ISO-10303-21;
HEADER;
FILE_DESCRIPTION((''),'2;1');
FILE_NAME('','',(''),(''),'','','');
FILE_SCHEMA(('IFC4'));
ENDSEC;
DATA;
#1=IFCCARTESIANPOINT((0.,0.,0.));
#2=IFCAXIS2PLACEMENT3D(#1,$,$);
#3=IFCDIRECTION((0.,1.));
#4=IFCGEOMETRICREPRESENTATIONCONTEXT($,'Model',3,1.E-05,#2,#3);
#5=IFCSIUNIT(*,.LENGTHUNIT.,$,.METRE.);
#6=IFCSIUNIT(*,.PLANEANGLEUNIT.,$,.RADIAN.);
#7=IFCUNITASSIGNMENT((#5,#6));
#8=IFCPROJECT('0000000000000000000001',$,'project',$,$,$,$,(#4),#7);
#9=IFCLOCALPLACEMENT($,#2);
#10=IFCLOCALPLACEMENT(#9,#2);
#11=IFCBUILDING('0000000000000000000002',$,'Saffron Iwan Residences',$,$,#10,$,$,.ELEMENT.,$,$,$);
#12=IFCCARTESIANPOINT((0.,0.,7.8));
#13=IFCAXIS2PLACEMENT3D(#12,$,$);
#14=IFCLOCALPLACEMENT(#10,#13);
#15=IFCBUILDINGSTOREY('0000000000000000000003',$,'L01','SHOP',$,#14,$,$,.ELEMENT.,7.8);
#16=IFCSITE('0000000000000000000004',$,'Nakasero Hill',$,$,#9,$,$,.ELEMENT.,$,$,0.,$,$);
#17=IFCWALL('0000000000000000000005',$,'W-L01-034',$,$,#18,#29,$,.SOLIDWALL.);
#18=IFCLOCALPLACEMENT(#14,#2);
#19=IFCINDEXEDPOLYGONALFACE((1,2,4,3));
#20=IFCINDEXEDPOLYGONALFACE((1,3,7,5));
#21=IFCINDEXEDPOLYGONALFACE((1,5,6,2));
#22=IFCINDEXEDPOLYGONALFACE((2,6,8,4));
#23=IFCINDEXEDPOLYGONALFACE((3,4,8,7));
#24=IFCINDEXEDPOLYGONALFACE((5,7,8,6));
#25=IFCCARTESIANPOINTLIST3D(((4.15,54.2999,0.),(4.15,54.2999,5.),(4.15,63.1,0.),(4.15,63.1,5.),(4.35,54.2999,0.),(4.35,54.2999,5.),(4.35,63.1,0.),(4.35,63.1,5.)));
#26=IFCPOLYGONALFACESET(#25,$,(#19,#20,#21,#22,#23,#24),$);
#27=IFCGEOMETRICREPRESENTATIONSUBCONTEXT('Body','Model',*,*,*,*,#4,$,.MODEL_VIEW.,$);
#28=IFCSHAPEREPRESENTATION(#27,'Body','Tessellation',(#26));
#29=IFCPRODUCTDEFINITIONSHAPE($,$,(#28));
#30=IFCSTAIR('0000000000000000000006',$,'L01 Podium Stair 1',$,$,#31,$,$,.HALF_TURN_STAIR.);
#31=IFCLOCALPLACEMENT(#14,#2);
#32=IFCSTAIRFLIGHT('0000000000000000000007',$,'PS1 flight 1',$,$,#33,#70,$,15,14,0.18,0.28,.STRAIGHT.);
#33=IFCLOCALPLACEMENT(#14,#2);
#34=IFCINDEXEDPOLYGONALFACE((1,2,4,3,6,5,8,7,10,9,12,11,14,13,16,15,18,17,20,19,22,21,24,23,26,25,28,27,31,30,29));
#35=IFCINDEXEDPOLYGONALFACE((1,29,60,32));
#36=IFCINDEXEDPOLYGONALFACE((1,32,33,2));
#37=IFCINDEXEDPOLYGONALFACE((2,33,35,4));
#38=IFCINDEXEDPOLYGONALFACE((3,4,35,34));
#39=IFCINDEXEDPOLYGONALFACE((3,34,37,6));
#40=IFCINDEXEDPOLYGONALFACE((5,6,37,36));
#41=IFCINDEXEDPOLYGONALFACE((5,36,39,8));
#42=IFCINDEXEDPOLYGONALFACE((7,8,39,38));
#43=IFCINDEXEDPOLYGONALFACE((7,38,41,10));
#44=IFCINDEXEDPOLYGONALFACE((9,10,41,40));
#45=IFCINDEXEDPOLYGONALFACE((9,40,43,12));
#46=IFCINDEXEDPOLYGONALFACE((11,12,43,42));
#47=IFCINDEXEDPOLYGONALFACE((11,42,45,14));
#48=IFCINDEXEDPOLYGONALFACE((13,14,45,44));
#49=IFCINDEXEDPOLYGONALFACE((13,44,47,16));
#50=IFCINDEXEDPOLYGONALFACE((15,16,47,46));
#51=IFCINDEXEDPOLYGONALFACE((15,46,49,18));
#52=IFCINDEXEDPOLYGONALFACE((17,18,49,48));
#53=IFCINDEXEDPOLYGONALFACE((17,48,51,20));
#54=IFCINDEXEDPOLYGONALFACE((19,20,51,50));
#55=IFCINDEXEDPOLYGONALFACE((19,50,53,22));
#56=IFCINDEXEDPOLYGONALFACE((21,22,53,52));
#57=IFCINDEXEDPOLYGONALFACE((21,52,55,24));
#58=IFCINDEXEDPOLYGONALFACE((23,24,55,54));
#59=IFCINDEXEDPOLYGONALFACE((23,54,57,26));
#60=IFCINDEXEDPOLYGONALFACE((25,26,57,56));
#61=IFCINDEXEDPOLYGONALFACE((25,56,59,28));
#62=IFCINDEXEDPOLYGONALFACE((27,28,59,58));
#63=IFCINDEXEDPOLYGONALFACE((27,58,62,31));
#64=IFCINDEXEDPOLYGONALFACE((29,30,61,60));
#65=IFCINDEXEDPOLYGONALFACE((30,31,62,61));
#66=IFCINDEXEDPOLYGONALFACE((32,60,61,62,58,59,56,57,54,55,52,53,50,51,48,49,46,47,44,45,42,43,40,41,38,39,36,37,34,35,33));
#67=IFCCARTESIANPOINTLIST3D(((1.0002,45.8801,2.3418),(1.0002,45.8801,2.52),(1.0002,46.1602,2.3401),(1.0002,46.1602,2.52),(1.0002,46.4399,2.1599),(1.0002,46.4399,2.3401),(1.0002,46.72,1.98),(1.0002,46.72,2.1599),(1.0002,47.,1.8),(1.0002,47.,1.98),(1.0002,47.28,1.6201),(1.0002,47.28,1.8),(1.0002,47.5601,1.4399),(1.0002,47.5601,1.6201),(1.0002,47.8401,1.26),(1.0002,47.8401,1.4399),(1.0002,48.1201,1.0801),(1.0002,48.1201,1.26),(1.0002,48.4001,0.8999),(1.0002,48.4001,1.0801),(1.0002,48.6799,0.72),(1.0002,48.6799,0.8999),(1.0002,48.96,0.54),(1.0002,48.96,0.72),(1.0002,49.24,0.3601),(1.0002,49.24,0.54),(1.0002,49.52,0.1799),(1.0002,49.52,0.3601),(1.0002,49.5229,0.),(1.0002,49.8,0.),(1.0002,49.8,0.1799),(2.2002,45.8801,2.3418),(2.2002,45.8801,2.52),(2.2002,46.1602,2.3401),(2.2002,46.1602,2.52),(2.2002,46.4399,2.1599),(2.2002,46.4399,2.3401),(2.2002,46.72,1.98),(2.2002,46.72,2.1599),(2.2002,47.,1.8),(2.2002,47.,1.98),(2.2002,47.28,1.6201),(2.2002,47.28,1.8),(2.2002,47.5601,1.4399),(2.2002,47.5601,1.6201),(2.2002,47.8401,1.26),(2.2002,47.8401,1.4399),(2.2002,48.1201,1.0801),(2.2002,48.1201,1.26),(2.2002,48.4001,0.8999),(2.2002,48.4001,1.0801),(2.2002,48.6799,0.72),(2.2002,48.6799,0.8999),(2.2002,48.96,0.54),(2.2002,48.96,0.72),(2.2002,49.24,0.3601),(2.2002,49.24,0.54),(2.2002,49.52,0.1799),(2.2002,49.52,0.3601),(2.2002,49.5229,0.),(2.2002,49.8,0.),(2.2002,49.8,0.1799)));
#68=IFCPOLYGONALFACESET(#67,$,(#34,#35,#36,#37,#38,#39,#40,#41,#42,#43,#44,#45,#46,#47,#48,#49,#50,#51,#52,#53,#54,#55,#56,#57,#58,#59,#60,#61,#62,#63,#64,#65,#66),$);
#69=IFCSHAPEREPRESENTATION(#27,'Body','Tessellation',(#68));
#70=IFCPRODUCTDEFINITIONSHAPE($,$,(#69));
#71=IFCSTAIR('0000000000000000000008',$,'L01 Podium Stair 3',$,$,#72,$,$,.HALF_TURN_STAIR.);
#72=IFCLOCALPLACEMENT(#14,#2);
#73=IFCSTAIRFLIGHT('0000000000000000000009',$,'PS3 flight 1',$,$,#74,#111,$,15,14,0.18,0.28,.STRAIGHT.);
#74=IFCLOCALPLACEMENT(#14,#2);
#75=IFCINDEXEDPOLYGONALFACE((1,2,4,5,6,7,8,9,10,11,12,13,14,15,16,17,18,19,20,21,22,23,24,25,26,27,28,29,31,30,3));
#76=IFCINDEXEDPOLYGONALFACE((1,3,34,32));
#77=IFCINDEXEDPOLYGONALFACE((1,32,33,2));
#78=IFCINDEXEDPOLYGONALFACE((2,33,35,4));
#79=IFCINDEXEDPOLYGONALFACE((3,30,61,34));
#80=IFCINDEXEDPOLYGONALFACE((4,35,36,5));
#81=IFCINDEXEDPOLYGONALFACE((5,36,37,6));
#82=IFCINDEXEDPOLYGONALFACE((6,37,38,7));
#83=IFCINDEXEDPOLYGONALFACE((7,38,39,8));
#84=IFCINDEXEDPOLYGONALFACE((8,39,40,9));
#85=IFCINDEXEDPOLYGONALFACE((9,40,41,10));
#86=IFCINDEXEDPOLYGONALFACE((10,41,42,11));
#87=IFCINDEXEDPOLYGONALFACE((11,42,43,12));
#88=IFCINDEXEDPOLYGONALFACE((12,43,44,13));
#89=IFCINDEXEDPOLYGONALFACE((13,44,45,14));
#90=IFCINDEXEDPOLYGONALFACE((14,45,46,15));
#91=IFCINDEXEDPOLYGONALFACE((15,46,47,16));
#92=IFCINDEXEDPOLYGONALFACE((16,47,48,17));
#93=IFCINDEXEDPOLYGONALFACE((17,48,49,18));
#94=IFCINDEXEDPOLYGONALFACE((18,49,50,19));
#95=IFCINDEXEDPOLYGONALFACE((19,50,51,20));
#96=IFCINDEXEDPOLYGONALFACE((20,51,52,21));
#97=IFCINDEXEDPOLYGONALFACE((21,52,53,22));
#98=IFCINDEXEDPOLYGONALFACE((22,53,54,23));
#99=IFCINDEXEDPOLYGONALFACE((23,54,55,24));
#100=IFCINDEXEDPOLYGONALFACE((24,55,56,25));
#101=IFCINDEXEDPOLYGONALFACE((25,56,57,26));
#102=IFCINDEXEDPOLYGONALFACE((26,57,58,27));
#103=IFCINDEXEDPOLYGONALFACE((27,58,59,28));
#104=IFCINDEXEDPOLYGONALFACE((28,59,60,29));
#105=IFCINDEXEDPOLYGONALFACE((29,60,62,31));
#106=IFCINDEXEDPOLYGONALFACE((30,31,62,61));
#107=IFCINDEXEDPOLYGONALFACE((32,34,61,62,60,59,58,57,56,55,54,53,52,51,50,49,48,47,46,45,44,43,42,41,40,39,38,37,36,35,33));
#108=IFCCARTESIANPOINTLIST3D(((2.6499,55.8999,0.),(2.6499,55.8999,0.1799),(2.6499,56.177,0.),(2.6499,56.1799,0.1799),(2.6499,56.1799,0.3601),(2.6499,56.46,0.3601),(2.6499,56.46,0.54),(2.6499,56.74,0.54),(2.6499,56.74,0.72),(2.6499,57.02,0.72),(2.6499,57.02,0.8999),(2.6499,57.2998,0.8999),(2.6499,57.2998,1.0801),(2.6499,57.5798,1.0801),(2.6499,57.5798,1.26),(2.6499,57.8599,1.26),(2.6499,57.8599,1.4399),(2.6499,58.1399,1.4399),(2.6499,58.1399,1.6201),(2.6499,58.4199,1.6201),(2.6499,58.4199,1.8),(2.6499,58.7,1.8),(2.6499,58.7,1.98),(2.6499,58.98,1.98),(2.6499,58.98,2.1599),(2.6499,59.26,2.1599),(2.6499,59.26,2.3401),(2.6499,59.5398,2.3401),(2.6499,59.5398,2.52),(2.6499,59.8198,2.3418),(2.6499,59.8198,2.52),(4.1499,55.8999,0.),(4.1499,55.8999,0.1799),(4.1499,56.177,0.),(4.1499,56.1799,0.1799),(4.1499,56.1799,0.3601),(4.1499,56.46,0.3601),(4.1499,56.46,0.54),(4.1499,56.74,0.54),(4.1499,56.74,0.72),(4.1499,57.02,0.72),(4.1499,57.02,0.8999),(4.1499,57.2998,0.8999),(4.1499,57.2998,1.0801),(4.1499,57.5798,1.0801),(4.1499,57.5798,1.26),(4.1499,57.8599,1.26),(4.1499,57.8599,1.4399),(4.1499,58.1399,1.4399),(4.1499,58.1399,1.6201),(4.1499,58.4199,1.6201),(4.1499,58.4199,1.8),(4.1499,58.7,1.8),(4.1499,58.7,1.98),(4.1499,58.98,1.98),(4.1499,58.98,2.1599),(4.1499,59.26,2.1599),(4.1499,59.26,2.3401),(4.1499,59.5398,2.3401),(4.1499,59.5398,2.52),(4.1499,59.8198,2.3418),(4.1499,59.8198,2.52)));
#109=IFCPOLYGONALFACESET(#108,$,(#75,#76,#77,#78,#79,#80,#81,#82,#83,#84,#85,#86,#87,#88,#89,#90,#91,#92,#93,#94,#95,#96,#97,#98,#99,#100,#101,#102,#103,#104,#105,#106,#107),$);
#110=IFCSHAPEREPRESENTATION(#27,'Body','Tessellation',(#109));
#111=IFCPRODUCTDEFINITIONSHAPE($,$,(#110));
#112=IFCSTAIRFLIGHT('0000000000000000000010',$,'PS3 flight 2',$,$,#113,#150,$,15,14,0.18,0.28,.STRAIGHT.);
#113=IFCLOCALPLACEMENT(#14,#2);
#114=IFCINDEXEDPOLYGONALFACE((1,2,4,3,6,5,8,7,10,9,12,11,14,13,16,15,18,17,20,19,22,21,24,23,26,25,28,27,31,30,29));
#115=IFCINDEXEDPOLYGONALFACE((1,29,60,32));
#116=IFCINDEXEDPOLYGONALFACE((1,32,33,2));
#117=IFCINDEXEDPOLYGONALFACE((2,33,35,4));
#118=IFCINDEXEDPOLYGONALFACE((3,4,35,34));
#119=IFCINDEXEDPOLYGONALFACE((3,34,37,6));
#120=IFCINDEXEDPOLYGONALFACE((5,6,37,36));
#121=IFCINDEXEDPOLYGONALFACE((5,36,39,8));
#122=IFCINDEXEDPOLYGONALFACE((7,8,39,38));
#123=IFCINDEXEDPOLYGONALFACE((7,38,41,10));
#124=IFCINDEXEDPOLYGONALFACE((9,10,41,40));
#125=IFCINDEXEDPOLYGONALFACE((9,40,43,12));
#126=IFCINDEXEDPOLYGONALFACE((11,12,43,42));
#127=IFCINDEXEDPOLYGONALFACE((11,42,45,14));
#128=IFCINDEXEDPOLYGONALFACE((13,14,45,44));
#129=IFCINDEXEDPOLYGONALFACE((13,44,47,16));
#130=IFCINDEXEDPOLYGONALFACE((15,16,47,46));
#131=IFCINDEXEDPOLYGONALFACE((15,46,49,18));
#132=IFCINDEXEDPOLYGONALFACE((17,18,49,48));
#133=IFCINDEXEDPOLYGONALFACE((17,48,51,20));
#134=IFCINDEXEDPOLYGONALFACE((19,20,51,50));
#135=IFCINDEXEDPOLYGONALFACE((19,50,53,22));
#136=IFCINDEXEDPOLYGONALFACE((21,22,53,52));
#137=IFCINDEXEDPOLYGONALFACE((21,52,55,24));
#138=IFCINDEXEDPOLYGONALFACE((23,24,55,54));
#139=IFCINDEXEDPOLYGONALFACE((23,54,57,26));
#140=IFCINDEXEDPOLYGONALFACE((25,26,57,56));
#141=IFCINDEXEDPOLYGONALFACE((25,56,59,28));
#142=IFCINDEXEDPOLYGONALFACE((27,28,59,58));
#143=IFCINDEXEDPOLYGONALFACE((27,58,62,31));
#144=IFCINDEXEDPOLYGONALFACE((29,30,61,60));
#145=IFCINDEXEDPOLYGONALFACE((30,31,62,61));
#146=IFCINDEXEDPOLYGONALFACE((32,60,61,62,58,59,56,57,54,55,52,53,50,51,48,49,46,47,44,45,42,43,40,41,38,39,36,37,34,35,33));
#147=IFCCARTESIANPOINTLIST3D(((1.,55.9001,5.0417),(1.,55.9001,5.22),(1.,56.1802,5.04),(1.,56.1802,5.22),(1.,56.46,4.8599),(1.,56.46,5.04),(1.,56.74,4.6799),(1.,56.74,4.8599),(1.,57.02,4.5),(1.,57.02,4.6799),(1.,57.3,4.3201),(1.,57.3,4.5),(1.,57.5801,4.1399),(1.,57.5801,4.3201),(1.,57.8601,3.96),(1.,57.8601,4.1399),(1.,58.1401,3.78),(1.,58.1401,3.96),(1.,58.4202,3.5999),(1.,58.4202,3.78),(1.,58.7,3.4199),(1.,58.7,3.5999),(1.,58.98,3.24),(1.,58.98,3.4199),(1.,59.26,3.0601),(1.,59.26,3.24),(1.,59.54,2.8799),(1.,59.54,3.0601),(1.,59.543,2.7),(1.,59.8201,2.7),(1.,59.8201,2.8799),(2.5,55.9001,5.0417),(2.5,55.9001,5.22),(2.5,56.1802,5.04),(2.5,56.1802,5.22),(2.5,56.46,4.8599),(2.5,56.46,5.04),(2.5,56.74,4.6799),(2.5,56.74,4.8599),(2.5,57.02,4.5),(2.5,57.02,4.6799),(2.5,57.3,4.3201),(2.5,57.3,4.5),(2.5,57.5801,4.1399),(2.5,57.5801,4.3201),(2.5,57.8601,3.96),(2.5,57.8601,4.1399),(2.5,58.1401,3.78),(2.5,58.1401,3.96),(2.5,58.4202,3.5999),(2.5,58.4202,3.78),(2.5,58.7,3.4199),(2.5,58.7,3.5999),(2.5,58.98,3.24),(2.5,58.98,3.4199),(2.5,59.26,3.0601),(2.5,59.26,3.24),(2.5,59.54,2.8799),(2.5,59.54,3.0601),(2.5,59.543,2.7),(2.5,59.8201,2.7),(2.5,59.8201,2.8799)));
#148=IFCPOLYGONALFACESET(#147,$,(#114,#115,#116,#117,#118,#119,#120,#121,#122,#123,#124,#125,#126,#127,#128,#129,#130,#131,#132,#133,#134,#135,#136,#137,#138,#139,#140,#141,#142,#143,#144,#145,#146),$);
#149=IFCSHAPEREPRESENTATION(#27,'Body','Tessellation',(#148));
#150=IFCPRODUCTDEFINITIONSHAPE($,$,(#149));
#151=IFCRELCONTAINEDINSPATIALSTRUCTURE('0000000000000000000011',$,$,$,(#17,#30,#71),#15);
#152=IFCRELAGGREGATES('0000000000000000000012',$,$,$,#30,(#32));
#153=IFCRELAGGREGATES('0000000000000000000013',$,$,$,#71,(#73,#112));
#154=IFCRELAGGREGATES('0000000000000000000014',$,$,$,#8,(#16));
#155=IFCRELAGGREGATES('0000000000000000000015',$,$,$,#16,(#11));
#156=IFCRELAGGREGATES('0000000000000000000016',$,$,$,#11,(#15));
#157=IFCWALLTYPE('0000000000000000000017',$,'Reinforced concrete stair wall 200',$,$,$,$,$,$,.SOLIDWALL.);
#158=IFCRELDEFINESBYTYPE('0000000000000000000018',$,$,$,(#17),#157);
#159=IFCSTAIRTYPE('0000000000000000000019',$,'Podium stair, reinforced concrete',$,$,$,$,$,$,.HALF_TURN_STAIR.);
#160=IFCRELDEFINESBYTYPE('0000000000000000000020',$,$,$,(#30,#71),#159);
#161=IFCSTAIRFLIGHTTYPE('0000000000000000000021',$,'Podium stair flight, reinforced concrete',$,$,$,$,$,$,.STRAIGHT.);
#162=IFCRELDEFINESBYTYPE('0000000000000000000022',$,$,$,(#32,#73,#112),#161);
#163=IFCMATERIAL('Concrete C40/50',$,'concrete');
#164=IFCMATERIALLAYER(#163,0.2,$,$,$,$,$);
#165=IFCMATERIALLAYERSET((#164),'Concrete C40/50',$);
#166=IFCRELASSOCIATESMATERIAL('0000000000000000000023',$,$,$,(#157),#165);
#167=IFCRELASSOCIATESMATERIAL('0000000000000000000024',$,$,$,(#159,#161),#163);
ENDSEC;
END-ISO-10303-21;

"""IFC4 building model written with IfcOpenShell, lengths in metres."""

from ifc_helpers import new_model, si_unit, direction, frame, frame_2d, origin, place, context, subcontext, project, spatial, polyline, rectangle, outline, extrude, material, layer, layer_set, type_object, element, aggregate, save


model = new_model("IFC4")

# Units and contexts
model_context = context("Model", 3, precision=1e-05, world=origin(), true_north=direction((0.0, 1.0)))
body_context = subcontext(model_context, "Body", "Model", "MODEL_VIEW")
ifc_project = project(units=[si_unit("LENGTHUNIT", "METRE"), si_unit("PLANEANGLEUNIT", "RADIAN")], contexts=[model_context])

# Site, building, storey
site_placement = place(None, origin())
site = spatial("IfcSite", under=ifc_project, at=site_placement, Name="Nakasero Hill", CompositionType="ELEMENT", RefElevation=0.0)
building_placement = place(site_placement, origin())
building = spatial("IfcBuilding", under=site, at=building_placement, Name="Saffron Iwan Residences", CompositionType="ELEMENT")
storey_placement = place(building_placement, frame((0.0, 0.0, 7.8)))
storey = spatial("IfcBuildingStorey", under=building, at=storey_placement, Name="L01", Description="SHOP", CompositionType="ELEMENT", Elevation=7.8)

# Shared definitions
ifc_material_1 = material(Name="Concrete C40/50", Category="concrete")

# Shared definitions
ifc_layer_1 = layer(ifc_material_1, 0.2)
ifc_layer_set_1 = layer_set([ifc_layer_1], Name="Concrete C40/50")
wall_type_1 = type_object("IfcWallType", Name="Reinforced concrete stair wall 200", PredefinedType="SOLIDWALL", material=ifc_layer_set_1)

# Wall
for number, where, z_axis, x_axis, name in (
    (1, (4.25, 54.3, 0.0), (0.0, 0.0, 1.0), (0.0, 1.0, 0.0), "W-L01-034"),
):
    element("IfcWall", number, at=place(storey_placement, frame(where, z_axis=z_axis, x_axis=x_axis)), inside=storey, type_object=wall_type_1, Name=name, PredefinedType="SOLIDWALL", context=body_context, shape_type="SweptSolid", body=[
        extrude(rectangle(XDim=8.8, YDim=0.2, at=frame_2d((4.3999, 0.0))), origin(), (0.0, 0.0, 1.0), 5.0),
    ])

# Stair, stair flight
stair_type = type_object("IfcStairType", Name="Podium stair, reinforced concrete", PredefinedType="HALF_TURN_STAIR", material=ifc_material_1)
stair_1_placement = place(storey_placement, origin())
stair_1 = element("IfcStair", 2, at=stair_1_placement, inside=storey, type_object=stair_type, Name="L01 Podium Stair 1", PredefinedType="HALF_TURN_STAIR")
stair_flight_type = type_object("IfcStairFlightType", Name="Podium stair flight, reinforced concrete", PredefinedType="STRAIGHT", material=ifc_material_1)
stair_flight_1_placement = place(storey_placement, frame((1.6001, 49.8, 0.0), z_axis=(0.0, 0.0, 1.0), x_axis=(0.0, -1.0, 0.0)))
stair_flight_1 = element("IfcStairFlight", 3, at=stair_flight_1_placement, type_object=stair_flight_type, Name="PS1 flight 1", NumberOfRisers=15, NumberOfTreads=14, PredefinedType="STRAIGHT", RiserHeight=0.18, TreadLength=0.28, context=body_context, shape_type="SweptSolid", body=[
    extrude(outline(polyline([(0.0, 0.0), (0.0, 0.1799), (0.28, 0.1799), (0.28, 0.3601), (0.5601, 0.3601), (0.5601, 0.54), (0.8401, 0.54), (0.8401, 0.72), (1.1201, 0.72), (1.1201, 0.8999), (1.3999, 0.8999), (1.3999, 1.0801), (1.6799, 1.0801), (1.6799, 1.26), (1.96, 1.26), (1.96, 1.4399), (2.24, 1.4399), (2.24, 1.6201), (2.52, 1.6201), (2.52, 1.8), (2.8, 1.8), (2.8, 1.98), (3.0801, 1.98), (3.0801, 2.1599), (3.3601, 2.1599), (3.3601, 2.3401), (3.6399, 2.3401), (3.6399, 2.52), (3.9199, 2.52), (3.9199, 2.7), (3.9199, 2.3418), (0.2771, 0.0), (0.0, 0.0)])), frame((0.0, 0.6001, 0.0), z_axis=(0.0, -1.0, 0.0), x_axis=(1.0, 0.0, 0.0)), (0.0, 0.0, 1.0), 1.2),
])
aggregate(stair_1, [stair_flight_1])

# Stair, stair flights
stair_2_placement = place(storey_placement, origin())
stair_2 = element("IfcStair", 4, at=stair_2_placement, inside=storey, type_object=stair_type, Name="L01 Podium Stair 3", PredefinedType="HALF_TURN_STAIR")
stair_flight_2_placement = place(storey_placement, frame((3.3999, 55.8999, 0.0), z_axis=(0.0, 0.0, 1.0), x_axis=(0.0, 1.0, 0.0)))
stair_flight_2 = element("IfcStairFlight", 5, at=stair_flight_2_placement, type_object=stair_flight_type, Name="PS3 flight 1", NumberOfRisers=15, NumberOfTreads=14, PredefinedType="STRAIGHT", RiserHeight=0.18, TreadLength=0.28, context=body_context, shape_type="SweptSolid", body=[
    extrude(outline(polyline([(0.0, 0.0), (0.0, 0.1799), (0.28, 0.1799), (0.28, 0.3601), (0.5601, 0.3601), (0.5601, 0.54), (0.8401, 0.54), (0.8401, 0.72), (1.1201, 0.72), (1.1201, 0.8999), (1.3999, 0.8999), (1.3999, 1.0801), (1.6799, 1.0801), (1.6799, 1.26), (1.96, 1.26), (1.96, 1.4399), (2.24, 1.4399), (2.24, 1.6201), (2.52, 1.6201), (2.52, 1.8), (2.8, 1.8), (2.8, 1.98), (3.0801, 1.98), (3.0801, 2.1599), (3.3601, 2.1599), (3.3601, 2.3401), (3.6399, 2.3401), (3.6399, 2.52), (3.9199, 2.52), (3.9199, 2.7), (3.9199, 2.3418), (0.2771, 0.0), (0.0, 0.0)])), frame((0.0, 0.75, 0.0), z_axis=(0.0, -1.0, 0.0), x_axis=(1.0, 0.0, 0.0)), (0.0, 0.0, 1.0), 1.5),
])
stair_flight_3_placement = place(storey_placement, frame((1.75, 59.8201, 2.7), z_axis=(0.0, 0.0, 1.0), x_axis=(0.0, -1.0, 0.0)))
stair_flight_3 = element("IfcStairFlight", 6, at=stair_flight_3_placement, type_object=stair_flight_type, Name="PS3 flight 2", NumberOfRisers=15, NumberOfTreads=14, PredefinedType="STRAIGHT", RiserHeight=0.18, TreadLength=0.28, context=body_context, shape_type="SweptSolid", body=[
    extrude(outline(polyline([(0.0, 0.0), (0.0, 0.1799), (0.28, 0.1799), (0.28, 0.3601), (0.5601, 0.3601), (0.5601, 0.54), (0.8401, 0.54), (0.8401, 0.72), (1.1201, 0.72), (1.1201, 0.8999), (1.3999, 0.8999), (1.3999, 1.0801), (1.6799, 1.0801), (1.6799, 1.26), (1.96, 1.26), (1.96, 1.4399), (2.24, 1.4399), (2.24, 1.6201), (2.52, 1.6201), (2.52, 1.8), (2.8, 1.8), (2.8, 1.98), (3.0801, 1.98), (3.0801, 2.1599), (3.3601, 2.1599), (3.3601, 2.3401), (3.6399, 2.3401), (3.6399, 2.52), (3.9199, 2.52), (3.9199, 2.7), (3.9199, 2.3418), (0.2771, 0.0), (0.0, 0.0)])), frame((0.0, 0.75, 0.0), z_axis=(0.0, -1.0, 0.0), x_axis=(1.0, 0.0, 0.0)), (0.0, 0.0, 1.0), 1.5),
])
aggregate(stair_2, [stair_flight_2, stair_flight_3])

save(model, "model.ifc")
